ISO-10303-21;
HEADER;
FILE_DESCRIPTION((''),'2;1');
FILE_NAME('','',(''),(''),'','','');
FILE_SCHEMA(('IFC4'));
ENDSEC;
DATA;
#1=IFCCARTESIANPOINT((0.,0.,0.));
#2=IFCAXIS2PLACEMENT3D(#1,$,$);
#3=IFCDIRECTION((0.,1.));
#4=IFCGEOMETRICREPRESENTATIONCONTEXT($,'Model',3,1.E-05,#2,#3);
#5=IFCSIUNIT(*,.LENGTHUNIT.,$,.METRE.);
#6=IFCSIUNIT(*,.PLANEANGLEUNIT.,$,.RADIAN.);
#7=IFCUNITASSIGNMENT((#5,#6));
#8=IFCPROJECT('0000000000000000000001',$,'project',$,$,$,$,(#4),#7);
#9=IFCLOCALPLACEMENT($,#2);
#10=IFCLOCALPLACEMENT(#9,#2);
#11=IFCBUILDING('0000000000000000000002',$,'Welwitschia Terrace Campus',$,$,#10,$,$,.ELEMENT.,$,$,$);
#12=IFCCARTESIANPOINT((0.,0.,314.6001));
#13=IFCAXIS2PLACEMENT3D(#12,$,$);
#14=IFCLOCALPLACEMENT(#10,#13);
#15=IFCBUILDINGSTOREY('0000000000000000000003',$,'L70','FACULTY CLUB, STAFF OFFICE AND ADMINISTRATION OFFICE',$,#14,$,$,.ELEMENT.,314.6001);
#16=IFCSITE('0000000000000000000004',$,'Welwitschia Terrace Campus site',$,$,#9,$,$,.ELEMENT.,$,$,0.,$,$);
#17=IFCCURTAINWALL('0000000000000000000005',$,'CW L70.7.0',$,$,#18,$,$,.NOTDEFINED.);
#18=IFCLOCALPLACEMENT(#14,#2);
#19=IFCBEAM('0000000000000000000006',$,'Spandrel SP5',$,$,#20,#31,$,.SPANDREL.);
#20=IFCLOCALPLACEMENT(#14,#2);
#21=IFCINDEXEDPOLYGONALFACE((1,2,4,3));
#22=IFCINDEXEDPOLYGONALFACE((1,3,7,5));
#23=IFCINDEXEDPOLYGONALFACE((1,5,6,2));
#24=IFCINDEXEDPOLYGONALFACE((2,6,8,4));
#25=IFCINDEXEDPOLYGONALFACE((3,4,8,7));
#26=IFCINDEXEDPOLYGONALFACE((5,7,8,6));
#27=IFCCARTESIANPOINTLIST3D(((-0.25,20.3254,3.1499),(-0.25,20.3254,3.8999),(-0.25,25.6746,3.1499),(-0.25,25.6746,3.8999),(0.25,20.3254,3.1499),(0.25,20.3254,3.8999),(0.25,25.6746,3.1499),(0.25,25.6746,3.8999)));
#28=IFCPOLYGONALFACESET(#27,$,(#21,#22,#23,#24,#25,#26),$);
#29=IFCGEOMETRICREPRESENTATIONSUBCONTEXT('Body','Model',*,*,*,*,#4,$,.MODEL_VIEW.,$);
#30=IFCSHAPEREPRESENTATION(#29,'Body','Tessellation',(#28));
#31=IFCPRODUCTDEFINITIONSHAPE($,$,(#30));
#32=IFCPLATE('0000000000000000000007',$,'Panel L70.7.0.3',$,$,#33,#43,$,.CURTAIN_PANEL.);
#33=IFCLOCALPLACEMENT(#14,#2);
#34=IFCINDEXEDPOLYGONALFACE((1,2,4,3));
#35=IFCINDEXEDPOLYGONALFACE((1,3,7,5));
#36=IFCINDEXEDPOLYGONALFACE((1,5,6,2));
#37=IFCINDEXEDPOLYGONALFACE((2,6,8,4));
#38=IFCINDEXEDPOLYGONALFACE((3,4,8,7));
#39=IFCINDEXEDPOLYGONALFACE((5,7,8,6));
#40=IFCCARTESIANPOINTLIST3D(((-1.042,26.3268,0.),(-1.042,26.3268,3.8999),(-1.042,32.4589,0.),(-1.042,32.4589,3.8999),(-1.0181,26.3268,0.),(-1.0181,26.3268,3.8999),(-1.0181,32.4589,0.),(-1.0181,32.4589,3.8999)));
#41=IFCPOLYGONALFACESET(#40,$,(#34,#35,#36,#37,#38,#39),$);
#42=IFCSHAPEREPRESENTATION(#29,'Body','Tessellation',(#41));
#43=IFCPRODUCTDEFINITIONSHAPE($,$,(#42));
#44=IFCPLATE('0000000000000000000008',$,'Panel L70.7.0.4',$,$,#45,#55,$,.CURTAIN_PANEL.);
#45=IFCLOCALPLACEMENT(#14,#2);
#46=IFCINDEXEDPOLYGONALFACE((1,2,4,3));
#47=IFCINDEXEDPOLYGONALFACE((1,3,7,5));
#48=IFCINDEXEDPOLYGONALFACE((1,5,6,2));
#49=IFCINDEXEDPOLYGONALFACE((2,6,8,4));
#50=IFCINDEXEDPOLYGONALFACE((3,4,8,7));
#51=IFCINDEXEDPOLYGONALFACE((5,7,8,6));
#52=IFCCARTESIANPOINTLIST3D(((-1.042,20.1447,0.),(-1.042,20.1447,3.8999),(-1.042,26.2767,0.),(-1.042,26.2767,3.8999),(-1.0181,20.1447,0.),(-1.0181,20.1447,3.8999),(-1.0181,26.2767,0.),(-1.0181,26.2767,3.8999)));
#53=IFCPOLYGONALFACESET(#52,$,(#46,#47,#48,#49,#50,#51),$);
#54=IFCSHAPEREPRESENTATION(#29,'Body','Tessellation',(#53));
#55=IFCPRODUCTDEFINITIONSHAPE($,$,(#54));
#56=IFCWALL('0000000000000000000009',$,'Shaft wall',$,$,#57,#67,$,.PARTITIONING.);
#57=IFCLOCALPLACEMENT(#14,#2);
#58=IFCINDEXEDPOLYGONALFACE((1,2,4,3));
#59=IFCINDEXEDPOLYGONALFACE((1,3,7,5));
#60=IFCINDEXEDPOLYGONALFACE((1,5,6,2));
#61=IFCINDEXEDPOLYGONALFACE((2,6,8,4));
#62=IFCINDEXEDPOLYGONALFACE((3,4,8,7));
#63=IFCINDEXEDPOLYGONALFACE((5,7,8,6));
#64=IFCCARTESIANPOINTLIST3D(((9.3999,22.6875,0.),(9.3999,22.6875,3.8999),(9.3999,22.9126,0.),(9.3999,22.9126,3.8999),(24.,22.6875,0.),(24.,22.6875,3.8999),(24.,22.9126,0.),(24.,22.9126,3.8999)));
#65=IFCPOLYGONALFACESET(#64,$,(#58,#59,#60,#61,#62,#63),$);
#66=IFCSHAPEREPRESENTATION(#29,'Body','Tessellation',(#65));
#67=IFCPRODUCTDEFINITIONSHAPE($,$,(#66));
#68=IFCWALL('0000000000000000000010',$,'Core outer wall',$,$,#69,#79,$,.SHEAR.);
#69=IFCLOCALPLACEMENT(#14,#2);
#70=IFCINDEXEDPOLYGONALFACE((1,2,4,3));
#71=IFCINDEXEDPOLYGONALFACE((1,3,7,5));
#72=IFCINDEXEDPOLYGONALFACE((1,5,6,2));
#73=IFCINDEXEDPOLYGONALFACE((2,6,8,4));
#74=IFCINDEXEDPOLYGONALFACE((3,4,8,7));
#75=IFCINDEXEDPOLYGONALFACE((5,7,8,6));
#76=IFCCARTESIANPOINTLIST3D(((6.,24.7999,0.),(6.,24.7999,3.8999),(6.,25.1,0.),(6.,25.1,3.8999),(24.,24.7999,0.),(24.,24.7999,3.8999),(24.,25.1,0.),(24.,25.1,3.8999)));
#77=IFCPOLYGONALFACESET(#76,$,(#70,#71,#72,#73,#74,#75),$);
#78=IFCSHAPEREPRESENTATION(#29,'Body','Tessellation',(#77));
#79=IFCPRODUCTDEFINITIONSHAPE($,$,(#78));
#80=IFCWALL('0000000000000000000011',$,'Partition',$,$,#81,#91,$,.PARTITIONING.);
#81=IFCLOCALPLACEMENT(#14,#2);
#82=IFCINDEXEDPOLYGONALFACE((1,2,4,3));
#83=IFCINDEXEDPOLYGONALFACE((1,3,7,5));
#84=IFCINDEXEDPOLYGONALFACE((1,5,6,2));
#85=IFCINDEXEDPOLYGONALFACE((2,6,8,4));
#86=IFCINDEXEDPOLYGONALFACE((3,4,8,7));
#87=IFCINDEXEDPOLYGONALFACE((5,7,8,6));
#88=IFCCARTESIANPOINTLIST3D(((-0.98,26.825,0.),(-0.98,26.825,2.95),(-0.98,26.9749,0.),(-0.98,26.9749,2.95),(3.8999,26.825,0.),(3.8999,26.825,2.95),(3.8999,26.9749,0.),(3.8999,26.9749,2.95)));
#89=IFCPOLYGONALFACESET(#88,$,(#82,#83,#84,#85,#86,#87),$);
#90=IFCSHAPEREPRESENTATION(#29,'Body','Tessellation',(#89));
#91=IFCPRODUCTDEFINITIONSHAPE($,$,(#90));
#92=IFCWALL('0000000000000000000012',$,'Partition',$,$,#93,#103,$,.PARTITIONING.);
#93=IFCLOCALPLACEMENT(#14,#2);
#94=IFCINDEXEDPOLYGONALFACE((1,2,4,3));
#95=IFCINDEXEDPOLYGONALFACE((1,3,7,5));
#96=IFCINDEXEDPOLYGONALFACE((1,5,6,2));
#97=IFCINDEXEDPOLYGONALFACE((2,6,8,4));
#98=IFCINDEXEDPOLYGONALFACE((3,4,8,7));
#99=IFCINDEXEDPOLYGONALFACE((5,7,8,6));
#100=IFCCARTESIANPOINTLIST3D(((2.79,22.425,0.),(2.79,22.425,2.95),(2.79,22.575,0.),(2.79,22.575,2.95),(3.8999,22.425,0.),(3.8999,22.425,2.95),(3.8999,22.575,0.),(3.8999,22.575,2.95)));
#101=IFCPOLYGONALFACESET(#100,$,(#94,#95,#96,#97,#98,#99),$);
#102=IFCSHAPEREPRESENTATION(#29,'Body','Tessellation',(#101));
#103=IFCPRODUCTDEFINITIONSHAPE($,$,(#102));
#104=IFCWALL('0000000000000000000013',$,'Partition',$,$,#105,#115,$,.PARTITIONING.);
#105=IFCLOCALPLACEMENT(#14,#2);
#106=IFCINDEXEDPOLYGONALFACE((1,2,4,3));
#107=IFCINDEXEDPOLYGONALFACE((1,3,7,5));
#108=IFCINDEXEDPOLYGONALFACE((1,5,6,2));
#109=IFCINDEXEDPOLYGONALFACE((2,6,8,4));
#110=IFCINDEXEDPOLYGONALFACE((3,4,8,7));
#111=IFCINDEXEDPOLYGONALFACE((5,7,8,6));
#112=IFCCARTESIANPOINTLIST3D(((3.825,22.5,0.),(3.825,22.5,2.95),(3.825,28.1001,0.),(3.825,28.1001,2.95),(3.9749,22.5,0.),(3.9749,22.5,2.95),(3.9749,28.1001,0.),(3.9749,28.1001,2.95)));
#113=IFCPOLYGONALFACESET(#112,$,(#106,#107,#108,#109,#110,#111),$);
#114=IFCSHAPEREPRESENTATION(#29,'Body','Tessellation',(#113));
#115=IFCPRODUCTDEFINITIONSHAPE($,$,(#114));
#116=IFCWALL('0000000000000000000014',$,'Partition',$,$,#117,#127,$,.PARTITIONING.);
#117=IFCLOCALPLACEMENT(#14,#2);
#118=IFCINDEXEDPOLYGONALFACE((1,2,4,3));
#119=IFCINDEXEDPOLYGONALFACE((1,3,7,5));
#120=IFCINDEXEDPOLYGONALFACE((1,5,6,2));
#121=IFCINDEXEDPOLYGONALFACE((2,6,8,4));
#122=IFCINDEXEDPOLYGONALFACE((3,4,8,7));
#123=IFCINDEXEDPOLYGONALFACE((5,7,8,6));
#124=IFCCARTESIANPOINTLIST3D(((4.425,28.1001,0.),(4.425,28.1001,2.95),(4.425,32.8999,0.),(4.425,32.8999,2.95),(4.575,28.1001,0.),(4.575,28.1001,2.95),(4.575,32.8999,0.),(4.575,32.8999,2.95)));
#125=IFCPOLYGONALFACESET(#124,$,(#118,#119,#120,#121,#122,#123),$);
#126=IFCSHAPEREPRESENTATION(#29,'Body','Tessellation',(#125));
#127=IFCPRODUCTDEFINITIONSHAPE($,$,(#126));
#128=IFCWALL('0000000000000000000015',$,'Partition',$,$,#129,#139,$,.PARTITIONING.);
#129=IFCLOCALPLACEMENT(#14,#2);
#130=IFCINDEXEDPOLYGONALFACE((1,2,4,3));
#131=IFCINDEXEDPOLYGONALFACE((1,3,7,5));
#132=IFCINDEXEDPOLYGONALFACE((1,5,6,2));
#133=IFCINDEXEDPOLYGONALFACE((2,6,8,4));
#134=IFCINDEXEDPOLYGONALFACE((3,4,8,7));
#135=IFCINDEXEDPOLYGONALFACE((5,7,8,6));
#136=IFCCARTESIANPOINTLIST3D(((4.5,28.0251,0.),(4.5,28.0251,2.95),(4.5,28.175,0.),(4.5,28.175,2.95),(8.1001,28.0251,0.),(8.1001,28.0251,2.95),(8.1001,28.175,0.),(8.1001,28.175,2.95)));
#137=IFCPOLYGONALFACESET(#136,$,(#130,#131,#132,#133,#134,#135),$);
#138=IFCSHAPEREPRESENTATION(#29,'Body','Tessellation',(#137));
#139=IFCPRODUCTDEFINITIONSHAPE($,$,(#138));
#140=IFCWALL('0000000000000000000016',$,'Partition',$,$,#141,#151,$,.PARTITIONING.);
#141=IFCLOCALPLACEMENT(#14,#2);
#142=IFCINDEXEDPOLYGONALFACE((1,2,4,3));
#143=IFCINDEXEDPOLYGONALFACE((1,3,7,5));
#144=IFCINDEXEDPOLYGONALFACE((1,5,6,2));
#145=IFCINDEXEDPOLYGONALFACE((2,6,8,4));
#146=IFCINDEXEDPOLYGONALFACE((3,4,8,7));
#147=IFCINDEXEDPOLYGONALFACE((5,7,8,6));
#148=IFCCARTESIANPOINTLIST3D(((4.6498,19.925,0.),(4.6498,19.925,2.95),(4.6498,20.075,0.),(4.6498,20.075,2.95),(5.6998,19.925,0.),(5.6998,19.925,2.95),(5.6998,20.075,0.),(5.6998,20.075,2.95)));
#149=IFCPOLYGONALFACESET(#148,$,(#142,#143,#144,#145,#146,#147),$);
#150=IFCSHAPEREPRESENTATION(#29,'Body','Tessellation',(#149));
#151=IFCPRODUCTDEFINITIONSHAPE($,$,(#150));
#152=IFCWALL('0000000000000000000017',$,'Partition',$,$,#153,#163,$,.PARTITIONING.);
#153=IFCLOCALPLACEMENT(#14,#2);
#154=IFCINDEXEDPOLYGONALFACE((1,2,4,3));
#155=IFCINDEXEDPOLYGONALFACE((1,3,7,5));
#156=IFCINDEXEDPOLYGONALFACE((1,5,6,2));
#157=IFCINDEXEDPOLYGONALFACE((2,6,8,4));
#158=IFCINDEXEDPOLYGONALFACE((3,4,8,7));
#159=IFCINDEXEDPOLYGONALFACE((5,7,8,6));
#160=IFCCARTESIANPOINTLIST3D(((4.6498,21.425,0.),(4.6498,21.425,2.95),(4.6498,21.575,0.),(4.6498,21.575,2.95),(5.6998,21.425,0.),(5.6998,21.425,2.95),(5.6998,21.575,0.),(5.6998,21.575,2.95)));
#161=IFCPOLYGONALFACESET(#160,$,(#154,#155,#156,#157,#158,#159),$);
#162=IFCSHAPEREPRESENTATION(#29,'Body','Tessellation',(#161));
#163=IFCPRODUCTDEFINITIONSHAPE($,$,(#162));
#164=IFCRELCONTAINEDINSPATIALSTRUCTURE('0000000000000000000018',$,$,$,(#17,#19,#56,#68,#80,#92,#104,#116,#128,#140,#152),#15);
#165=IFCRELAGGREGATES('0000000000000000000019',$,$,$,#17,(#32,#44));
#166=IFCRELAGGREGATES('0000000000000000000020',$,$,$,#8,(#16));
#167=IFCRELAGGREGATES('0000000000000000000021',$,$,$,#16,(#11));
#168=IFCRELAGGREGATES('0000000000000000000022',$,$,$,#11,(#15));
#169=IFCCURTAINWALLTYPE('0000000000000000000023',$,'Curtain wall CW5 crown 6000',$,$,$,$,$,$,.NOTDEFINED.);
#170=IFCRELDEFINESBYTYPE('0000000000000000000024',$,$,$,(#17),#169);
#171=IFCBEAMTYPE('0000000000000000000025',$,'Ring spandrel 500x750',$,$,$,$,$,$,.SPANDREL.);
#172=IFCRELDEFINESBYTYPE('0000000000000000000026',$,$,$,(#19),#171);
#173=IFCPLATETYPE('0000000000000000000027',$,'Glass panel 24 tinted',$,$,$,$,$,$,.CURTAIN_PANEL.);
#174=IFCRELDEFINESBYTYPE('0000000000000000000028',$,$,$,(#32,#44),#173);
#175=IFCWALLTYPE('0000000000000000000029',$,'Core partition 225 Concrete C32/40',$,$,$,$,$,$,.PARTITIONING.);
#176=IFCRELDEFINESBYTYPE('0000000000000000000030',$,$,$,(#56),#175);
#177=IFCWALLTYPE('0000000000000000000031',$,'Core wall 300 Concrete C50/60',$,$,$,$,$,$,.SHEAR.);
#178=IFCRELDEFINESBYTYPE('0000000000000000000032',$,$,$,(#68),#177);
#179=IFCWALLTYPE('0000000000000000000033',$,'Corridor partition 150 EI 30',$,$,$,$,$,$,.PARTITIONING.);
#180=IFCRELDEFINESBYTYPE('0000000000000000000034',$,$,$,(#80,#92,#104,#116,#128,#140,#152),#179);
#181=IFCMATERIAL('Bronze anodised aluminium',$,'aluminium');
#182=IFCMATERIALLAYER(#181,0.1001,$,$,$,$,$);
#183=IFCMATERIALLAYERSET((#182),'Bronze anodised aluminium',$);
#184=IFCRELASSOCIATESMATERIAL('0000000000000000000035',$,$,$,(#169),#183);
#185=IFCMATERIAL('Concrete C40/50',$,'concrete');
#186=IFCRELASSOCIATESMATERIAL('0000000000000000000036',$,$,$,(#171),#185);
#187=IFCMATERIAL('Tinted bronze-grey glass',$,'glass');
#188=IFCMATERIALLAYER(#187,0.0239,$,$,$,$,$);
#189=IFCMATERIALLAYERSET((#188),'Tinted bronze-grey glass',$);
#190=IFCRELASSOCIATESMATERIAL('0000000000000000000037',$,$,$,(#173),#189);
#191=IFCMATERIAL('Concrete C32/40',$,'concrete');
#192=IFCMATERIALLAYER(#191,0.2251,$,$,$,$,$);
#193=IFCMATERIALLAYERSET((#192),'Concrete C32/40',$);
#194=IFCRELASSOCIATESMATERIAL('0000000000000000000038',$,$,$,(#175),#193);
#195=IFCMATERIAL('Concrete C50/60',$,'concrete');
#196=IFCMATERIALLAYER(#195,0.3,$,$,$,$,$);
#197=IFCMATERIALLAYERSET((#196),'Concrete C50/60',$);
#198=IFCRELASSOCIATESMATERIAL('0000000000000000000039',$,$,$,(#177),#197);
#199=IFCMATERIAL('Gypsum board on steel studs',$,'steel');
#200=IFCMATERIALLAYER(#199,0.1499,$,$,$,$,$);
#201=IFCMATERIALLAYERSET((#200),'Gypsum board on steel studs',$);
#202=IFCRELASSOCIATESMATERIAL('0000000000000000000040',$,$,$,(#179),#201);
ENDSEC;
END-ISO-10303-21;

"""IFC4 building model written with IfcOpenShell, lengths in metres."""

from ifc_helpers import new_model, si_unit, direction, frame, frame_2d, origin, origin_2d, place, context, subcontext, project, spatial, rectangle, extrude, material, layer, layer_set, material_profile, profile_set, type_object, element, aggregate, save


model = new_model("IFC4")

# Units and contexts
model_context = context("Model", 3, precision=1e-05, world=origin(), true_north=direction((0.0, 1.0)))
body_context = subcontext(model_context, "Body", "Model", "MODEL_VIEW")
ifc_project = project(units=[si_unit("LENGTHUNIT", "METRE"), si_unit("PLANEANGLEUNIT", "RADIAN")], contexts=[model_context])

# Site, building, storey
site_placement = place(None, origin())
site = spatial("IfcSite", under=ifc_project, at=site_placement, Name="Welwitschia Terrace Campus site", CompositionType="ELEMENT", RefElevation=0.0)
building_placement = place(site_placement, origin())
building = spatial("IfcBuilding", under=site, at=building_placement, Name="Welwitschia Terrace Campus", CompositionType="ELEMENT")
storey_placement = place(building_placement, frame((0.0, 0.0, 314.6001)))
storey = spatial("IfcBuildingStorey", under=building, at=storey_placement, Name="L70", Description="FACULTY CLUB, STAFF OFFICE AND ADMINISTRATION OFFICE", CompositionType="ELEMENT", Elevation=314.6001)

# Curtain wall
ifc_material_1 = material(Name="Bronze anodised aluminium", Category="aluminium")
ifc_layer_1 = layer(ifc_material_1, 0.1001)
ifc_layer_set_1 = layer_set([ifc_layer_1], Name="Bronze anodised aluminium")
curtain_wall_type = type_object("IfcCurtainWallType", Name="Curtain wall CW5 crown 6000", PredefinedType="NOTDEFINED", material=ifc_layer_set_1)
curtain_wall_placement = place(storey_placement, origin())
curtain_wall = element("IfcCurtainWall", 1, at=curtain_wall_placement, inside=storey, type_object=curtain_wall_type, Name="CW L70.7.0", PredefinedType="NOTDEFINED")

# Beam
ifc_material_2 = material(Name="Concrete C40/50", Category="concrete")
ifc_material_profile_1 = material_profile(ifc_material_2, rectangle(XDim=0.5, YDim=0.75, at=origin_2d()))
ifc_profile_set_1 = profile_set([ifc_material_profile_1], Name="Concrete C40/50")
beam_type_1 = type_object("IfcBeamType", Name="Ring spandrel 500x750", PredefinedType="SPANDREL", material=ifc_profile_set_1)
for number, where, z_axis, x_axis, name in (
    (2, (0.0, 25.6746, 3.5249), (0.0, -1.0, 0.0), (1.0, 0.0, 0.0), "Spandrel SP5"),
):
    element("IfcBeam", number, at=place(storey_placement, frame(where, z_axis=z_axis, x_axis=x_axis)), inside=storey, type_object=beam_type_1, Name=name, PredefinedType="SPANDREL", context=body_context, shape_type="SweptSolid", body=[
        extrude(rectangle(XDim=0.5, YDim=0.75, at=origin_2d()), origin(), (0.0, 0.0, 1.0), 5.3491),
    ])

# Plates
ifc_material_3 = material(Name="Tinted bronze-grey glass", Category="glass")
ifc_layer_2 = layer(ifc_material_3, 0.0239)
ifc_layer_set_2 = layer_set([ifc_layer_2], Name="Tinted bronze-grey glass")
plate_type = type_object("IfcPlateType", Name="Glass panel 24 tinted", PredefinedType="CURTAIN_PANEL", material=ifc_layer_set_2)
plate_1_placement = place(storey_placement, frame((-1.03, 29.3928, 0.0), z_axis=(0.0, 0.0, 1.0), x_axis=(0.0, -1.0, 0.0)))
plate_1 = element("IfcPlate", 3, at=plate_1_placement, type_object=plate_type, Name="Panel L70.7.0.3", PredefinedType="CURTAIN_PANEL", context=body_context, shape_type="SweptSolid", body=[
    extrude(rectangle(XDim=6.1321, YDim=0.0239, at=origin_2d()), origin(), (0.0, 0.0, 1.0), 3.8999),
])
plate_2_placement = place(storey_placement, frame((-1.03, 23.2107, 0.0), z_axis=(0.0, 0.0, 1.0), x_axis=(0.0, -1.0, 0.0)))
plate_2 = element("IfcPlate", 4, at=plate_2_placement, type_object=plate_type, Name="Panel L70.7.0.4", PredefinedType="CURTAIN_PANEL", context=body_context, shape_type="SweptSolid", body=[
    extrude(rectangle(XDim=6.1321, YDim=0.0239, at=origin_2d()), origin(), (0.0, 0.0, 1.0), 3.8999),
])
aggregate(curtain_wall, [plate_1, plate_2])

# Walls
ifc_material_4 = material(Name="Concrete C32/40", Category="concrete")
ifc_layer_3 = layer(ifc_material_4, 0.2251)
ifc_layer_set_3 = layer_set([ifc_layer_3], Name="Concrete C32/40")
wall_type_1 = type_object("IfcWallType", Name="Core partition 225 Concrete C32/40", PredefinedType="PARTITIONING", material=ifc_layer_set_3)
wall_1_placement = place(storey_placement, frame((9.3999, 22.8, 0.0), z_axis=(0.0, 0.0, 1.0), x_axis=(1.0, 0.0, 0.0)))
element("IfcWall", 5, at=wall_1_placement, inside=storey, type_object=wall_type_1, Name="Shaft wall", PredefinedType="PARTITIONING", context=body_context, shape_type="SweptSolid", body=[
    extrude(rectangle(XDim=14.6001, YDim=0.2251, at=frame_2d((7.3, 0.0))), origin(), (0.0, 0.0, 1.0), 3.8999),
])
ifc_material_5 = material(Name="Concrete C50/60", Category="concrete")
ifc_layer_4 = layer(ifc_material_5, 0.3)
ifc_layer_set_4 = layer_set([ifc_layer_4], Name="Concrete C50/60")
wall_type_2 = type_object("IfcWallType", Name="Core wall 300 Concrete C50/60", PredefinedType="SHEAR", material=ifc_layer_set_4)
wall_2_placement = place(storey_placement, frame((6.0, 24.95, 0.0), z_axis=(0.0, 0.0, 1.0), x_axis=(1.0, 0.0, 0.0)))
element("IfcWall", 6, at=wall_2_placement, inside=storey, type_object=wall_type_2, Name="Core outer wall", PredefinedType="SHEAR", context=body_context, shape_type="SweptSolid", body=[
    extrude(rectangle(XDim=18.0, YDim=0.3, at=frame_2d((9.0, 0.0))), origin(), (0.0, 0.0, 1.0), 3.8999),
])
ifc_material_6 = material(Name="Gypsum board on steel studs", Category="steel")
ifc_layer_5 = layer(ifc_material_6, 0.1499)
ifc_layer_set_5 = layer_set([ifc_layer_5], Name="Gypsum board on steel studs")
wall_type_3 = type_object("IfcWallType", Name="Corridor partition 150 EI 30", PredefinedType="PARTITIONING", material=ifc_layer_set_5)
wall_3_placement = place(storey_placement, frame((-0.98, 26.8999, 0.0), z_axis=(0.0, 0.0, 1.0), x_axis=(1.0, 0.0, 0.0)))
element("IfcWall", 7, at=wall_3_placement, inside=storey, type_object=wall_type_3, Name="Partition", PredefinedType="PARTITIONING", context=body_context, shape_type="SweptSolid", body=[
    extrude(rectangle(XDim=4.8799, YDim=0.1499, at=frame_2d((2.4399, 0.0))), origin(), (0.0, 0.0, 1.0), 2.95),
])
wall_4_placement = place(storey_placement, frame((2.79, 22.5, 0.0), z_axis=(0.0, 0.0, 1.0), x_axis=(1.0, 0.0, 0.0)))
element("IfcWall", 8, at=wall_4_placement, inside=storey, type_object=wall_type_3, Name="Partition", PredefinedType="PARTITIONING", context=body_context, shape_type="SweptSolid", body=[
    extrude(rectangle(XDim=1.1099, YDim=0.1499, at=frame_2d((0.5549, 0.0))), origin(), (0.0, 0.0, 1.0), 2.95),
])
wall_5_placement = place(storey_placement, frame((3.8999, 22.5, 0.0), z_axis=(0.0, 0.0, 1.0), x_axis=(0.0, 1.0, 0.0)))
element("IfcWall", 9, at=wall_5_placement, inside=storey, type_object=wall_type_3, Name="Partition", PredefinedType="PARTITIONING", context=body_context, shape_type="SweptSolid", body=[
    extrude(rectangle(XDim=5.6001, YDim=0.1499, at=frame_2d((2.8, 0.0))), origin(), (0.0, 0.0, 1.0), 2.95),
])
wall_6_placement = place(storey_placement, frame((4.5, 28.1001, 0.0), z_axis=(0.0, 0.0, 1.0), x_axis=(0.0, 1.0, 0.0)))
element("IfcWall", 10, at=wall_6_placement, inside=storey, type_object=wall_type_3, Name="Partition", PredefinedType="PARTITIONING", context=body_context, shape_type="SweptSolid", body=[
    extrude(rectangle(XDim=4.7998, YDim=0.1499, at=frame_2d((2.3999, 0.0))), origin(), (0.0, 0.0, 1.0), 2.95),
])
wall_7_placement = place(storey_placement, frame((4.5, 28.1001, 0.0), z_axis=(0.0, 0.0, 1.0), x_axis=(1.0, 0.0, 0.0)))
element("IfcWall", 11, at=wall_7_placement, inside=storey, type_object=wall_type_3, Name="Partition", PredefinedType="PARTITIONING", context=body_context, shape_type="SweptSolid", body=[
    extrude(rectangle(XDim=3.6001, YDim=0.1499, at=frame_2d((1.8, 0.0))), origin(), (0.0, 0.0, 1.0), 2.95),
])
for number, where, z_axis, x_axis, name in (
    (12, (4.6499, 20.0, 0.0), (0.0, 0.0, 1.0), (1.0, 0.0, 0.0), "Partition"),
    (13, (4.6499, 21.5, 0.0), (0.0, 0.0, 1.0), (1.0, 0.0, 0.0), "Partition"),
):
    element("IfcWall", number, at=place(storey_placement, frame(where, z_axis=z_axis, x_axis=x_axis)), inside=storey, type_object=wall_type_3, Name=name, PredefinedType="PARTITIONING", context=body_context, shape_type="SweptSolid", body=[
        extrude(rectangle(XDim=1.05, YDim=0.1499, at=frame_2d((0.5249, 0.0))), origin(), (0.0, 0.0, 1.0), 2.95),
    ])

save(model, "model.ifc")
